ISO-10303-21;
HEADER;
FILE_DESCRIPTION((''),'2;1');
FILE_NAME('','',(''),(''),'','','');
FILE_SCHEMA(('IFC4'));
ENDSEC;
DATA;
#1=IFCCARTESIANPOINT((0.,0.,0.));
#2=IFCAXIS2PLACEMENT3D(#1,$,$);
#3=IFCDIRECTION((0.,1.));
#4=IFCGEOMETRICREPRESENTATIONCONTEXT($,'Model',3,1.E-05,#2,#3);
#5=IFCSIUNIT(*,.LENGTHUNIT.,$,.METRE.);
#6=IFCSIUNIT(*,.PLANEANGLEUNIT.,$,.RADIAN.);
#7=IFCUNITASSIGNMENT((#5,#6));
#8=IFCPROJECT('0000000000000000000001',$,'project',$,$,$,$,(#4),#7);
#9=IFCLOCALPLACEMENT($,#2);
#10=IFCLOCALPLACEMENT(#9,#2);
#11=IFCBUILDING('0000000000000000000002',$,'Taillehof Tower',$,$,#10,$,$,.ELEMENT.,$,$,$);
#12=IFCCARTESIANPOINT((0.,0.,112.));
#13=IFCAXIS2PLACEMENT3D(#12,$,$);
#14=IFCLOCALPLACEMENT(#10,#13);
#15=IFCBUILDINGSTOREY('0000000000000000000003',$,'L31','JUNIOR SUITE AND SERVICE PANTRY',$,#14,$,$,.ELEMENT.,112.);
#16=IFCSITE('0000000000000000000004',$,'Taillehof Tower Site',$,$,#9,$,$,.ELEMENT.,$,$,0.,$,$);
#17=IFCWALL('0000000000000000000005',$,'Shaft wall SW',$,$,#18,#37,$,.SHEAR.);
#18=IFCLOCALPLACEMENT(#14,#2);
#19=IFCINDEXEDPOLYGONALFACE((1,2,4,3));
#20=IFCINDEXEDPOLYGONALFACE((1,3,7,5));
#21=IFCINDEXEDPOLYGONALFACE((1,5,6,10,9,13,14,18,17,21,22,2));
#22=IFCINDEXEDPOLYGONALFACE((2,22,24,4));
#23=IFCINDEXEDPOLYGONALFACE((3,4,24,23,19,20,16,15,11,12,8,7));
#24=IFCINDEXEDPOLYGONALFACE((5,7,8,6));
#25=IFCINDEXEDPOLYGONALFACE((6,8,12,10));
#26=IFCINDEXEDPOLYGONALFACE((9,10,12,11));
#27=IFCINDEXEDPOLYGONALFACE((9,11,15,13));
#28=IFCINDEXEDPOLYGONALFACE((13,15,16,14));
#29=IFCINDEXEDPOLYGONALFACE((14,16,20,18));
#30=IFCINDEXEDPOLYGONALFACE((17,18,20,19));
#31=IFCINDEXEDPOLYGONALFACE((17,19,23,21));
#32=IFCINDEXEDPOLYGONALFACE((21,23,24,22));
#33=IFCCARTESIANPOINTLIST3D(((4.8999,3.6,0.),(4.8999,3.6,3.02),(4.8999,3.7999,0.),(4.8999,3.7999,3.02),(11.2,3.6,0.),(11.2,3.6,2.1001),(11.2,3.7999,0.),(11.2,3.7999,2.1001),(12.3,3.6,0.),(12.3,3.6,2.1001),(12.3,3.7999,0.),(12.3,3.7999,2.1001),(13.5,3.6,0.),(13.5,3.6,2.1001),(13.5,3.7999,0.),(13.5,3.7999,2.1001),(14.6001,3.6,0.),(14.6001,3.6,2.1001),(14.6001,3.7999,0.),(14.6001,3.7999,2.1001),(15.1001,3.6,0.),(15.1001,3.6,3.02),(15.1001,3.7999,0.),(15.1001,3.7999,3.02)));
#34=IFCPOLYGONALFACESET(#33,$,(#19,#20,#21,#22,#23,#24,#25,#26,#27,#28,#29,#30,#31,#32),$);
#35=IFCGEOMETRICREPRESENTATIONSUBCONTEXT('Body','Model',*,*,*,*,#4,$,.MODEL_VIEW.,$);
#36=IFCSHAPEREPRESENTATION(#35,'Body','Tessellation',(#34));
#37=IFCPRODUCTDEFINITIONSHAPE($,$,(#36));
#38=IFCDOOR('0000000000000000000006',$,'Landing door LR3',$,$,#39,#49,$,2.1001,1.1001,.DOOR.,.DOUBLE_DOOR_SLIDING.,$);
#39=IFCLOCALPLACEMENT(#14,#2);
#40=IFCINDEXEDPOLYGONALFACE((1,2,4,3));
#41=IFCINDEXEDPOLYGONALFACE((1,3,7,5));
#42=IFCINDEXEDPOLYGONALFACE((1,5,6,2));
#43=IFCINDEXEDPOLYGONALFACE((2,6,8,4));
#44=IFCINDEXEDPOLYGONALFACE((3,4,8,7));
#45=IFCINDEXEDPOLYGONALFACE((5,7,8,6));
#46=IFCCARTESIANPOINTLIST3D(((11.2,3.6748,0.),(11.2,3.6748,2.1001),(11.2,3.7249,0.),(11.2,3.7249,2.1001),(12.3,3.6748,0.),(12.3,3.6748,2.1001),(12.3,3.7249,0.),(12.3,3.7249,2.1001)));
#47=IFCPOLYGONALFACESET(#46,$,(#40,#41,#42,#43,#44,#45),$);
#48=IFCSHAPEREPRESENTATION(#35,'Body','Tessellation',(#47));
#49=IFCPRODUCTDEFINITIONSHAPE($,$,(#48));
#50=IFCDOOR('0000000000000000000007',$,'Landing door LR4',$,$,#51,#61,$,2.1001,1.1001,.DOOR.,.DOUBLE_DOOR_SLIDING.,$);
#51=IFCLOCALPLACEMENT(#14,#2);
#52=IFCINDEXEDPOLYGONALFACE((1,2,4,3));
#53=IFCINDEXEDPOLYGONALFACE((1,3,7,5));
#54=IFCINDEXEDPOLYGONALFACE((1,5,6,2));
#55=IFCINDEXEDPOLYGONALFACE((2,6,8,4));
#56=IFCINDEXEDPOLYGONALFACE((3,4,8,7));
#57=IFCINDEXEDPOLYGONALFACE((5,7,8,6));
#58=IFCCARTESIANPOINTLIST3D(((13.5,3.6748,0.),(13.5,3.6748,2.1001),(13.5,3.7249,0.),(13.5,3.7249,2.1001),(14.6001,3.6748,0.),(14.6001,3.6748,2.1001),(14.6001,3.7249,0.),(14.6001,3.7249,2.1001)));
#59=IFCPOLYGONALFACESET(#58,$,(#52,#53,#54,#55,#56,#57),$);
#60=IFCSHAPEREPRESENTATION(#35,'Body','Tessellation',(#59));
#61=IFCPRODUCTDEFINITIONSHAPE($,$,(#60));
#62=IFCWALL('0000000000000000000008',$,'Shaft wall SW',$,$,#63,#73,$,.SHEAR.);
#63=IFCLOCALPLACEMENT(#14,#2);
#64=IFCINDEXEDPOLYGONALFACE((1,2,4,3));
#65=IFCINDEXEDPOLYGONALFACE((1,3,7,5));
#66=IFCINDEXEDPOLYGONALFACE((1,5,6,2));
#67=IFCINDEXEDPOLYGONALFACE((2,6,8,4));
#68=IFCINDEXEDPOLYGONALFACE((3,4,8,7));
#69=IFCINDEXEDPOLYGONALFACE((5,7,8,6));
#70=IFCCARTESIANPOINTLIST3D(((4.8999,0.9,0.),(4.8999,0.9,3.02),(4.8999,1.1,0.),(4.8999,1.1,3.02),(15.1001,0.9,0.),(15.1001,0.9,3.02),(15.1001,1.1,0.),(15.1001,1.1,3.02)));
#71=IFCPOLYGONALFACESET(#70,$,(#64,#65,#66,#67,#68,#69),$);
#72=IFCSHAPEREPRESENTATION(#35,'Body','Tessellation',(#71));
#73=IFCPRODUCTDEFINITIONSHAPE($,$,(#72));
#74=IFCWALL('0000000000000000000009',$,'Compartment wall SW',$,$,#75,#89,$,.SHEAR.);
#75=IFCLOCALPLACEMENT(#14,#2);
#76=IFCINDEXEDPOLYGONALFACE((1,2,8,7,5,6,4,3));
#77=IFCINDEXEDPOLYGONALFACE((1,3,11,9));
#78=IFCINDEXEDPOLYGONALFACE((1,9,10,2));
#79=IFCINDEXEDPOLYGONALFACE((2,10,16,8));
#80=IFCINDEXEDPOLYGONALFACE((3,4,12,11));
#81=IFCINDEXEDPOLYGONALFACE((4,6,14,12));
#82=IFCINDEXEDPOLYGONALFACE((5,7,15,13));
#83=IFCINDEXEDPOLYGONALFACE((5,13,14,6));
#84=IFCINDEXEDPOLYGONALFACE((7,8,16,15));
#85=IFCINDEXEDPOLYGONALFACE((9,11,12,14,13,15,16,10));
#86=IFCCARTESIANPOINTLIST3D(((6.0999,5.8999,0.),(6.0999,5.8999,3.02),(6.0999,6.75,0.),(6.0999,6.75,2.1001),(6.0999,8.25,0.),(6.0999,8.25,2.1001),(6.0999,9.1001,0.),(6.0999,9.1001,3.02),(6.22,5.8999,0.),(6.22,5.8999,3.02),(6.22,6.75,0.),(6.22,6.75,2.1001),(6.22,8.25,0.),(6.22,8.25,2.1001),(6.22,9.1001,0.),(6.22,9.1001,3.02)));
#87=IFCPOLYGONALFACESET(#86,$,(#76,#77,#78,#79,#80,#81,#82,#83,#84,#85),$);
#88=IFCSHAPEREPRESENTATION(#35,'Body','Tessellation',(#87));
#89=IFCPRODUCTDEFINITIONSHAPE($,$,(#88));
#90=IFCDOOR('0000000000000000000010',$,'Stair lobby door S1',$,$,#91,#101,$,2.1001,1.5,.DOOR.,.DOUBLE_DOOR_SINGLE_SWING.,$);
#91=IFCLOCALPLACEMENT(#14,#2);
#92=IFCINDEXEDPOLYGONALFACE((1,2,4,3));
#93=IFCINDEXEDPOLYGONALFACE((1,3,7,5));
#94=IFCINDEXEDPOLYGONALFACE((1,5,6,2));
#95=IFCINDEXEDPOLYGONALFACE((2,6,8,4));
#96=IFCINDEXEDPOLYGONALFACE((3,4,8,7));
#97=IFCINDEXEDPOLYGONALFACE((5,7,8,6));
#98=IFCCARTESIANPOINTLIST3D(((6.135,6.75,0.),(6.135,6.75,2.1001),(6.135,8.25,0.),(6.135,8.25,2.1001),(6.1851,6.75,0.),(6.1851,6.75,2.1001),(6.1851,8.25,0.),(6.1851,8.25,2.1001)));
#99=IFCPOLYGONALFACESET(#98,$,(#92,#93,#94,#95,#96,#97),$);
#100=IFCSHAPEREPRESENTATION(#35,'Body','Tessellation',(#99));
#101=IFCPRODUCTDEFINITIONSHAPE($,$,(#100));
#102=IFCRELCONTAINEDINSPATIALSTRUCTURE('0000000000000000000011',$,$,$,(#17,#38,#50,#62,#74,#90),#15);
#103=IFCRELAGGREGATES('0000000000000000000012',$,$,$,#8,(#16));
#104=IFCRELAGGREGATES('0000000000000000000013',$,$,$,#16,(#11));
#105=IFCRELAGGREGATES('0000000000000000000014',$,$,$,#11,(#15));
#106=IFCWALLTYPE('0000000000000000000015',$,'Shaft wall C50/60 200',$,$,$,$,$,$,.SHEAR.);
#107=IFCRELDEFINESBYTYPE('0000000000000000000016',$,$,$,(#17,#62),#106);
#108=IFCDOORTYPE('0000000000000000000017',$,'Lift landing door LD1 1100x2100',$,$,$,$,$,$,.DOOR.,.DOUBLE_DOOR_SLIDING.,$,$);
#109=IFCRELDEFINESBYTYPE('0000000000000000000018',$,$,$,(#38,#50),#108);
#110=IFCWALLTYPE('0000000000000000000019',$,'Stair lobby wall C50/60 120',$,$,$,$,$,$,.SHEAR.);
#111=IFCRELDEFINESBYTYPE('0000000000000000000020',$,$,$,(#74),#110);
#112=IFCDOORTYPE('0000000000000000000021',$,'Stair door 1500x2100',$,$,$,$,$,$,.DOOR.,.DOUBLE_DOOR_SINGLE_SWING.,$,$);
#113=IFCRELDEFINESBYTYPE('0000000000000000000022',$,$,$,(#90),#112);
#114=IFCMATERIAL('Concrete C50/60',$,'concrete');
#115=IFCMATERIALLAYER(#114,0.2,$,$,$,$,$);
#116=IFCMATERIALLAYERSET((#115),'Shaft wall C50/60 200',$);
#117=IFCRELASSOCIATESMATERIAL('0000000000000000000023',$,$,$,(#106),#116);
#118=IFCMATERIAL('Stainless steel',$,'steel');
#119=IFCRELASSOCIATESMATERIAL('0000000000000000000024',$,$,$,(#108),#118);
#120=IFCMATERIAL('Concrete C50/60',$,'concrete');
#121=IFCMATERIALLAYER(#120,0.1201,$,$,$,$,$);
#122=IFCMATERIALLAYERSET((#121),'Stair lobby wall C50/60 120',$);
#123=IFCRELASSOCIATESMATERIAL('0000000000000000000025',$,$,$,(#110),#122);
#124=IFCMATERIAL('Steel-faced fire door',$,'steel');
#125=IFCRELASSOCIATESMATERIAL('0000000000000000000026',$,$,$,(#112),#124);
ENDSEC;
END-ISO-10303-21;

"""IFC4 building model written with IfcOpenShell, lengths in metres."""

from ifc_helpers import new_model, si_unit, direction, frame, frame_2d, origin, place, context, subcontext, project, spatial, rectangle, extrude, material, layer, layer_set, type_object, element, fill, save


model = new_model("IFC4")

# Units and contexts
model_context = context("Model", 3, precision=1e-05, world=origin(), true_north=direction((0.0, 1.0)))
body_context = subcontext(model_context, "Body", "Model", "MODEL_VIEW")
ifc_project = project(units=[si_unit("LENGTHUNIT", "METRE"), si_unit("PLANEANGLEUNIT", "RADIAN")], contexts=[model_context])

# Site, building, storey
site_placement = place(None, origin())
site = spatial("IfcSite", under=ifc_project, at=site_placement, Name="Taillehof Tower Site", CompositionType="ELEMENT", RefElevation=0.0)
building_placement = place(site_placement, origin())
building = spatial("IfcBuilding", under=site, at=building_placement, Name="Taillehof Tower", CompositionType="ELEMENT")
storey_placement = place(building_placement, frame((0.0, 0.0, 112.0)))
storey = spatial("IfcBuildingStorey", under=building, at=storey_placement, Name="L31", Description="JUNIOR SUITE AND SERVICE PANTRY", CompositionType="ELEMENT", Elevation=112.0)

# Wall, openings, doors
ifc_material_1 = material(Name="Concrete C50/60", Category="concrete")
ifc_layer_1 = layer(ifc_material_1, 0.2)
ifc_layer_set_1 = layer_set([ifc_layer_1], Name="Shaft wall C50/60 200")
wall_type_1 = type_object("IfcWallType", Name="Shaft wall C50/60 200", PredefinedType="SHEAR", material=ifc_layer_set_1)
ifc_material_2 = material(Name="Stainless steel", Category="steel")
door_type_1 = type_object("IfcDoorType", Name="Lift landing door LD1 1100x2100", OperationType="DOUBLE_DOOR_SLIDING", PredefinedType="DOOR", material=ifc_material_2)
wall_1_placement = place(storey_placement, frame((4.8999, 3.7, 0.0), z_axis=(0.0, 0.0, 1.0), x_axis=(1.0, 0.0, 0.0)))
wall_1 = element("IfcWall", 1, at=wall_1_placement, inside=storey, type_object=wall_type_1, Name="Shaft wall SW", PredefinedType="SHEAR", context=body_context, shape_type="SweptSolid", body=[
    extrude(rectangle(XDim=10.2002, YDim=0.2, at=frame_2d((5.1001, 0.0))), origin(), (0.0, 0.0, 1.0), 3.02),
])
opening_1_placement = place(wall_1_placement, frame((6.3, 0.0, 0.0)))
opening_1 = element("IfcOpeningElement", 2, at=opening_1_placement, cuts=wall_1, PredefinedType="OPENING", context=body_context, shape_type="SweptSolid", body=[
    extrude(rectangle(XDim=1.1001, YDim=2.1001, at=frame_2d((0.55, 1.05))), frame((0.0, 0.1099, 0.0), z_axis=(0.0, -1.0, 0.0), x_axis=(1.0, 0.0, 0.0)), (0.0, 0.0, 1.0), 0.22),
])
opening_2_placement = place(wall_1_placement, frame((8.6001, 0.0, 0.0)))
opening_2 = element("IfcOpeningElement", 3, at=opening_2_placement, cuts=wall_1, PredefinedType="OPENING", context=body_context, shape_type="SweptSolid", body=[
    extrude(rectangle(XDim=1.1001, YDim=2.1001, at=frame_2d((0.55, 1.05))), frame((0.0, 0.1099, 0.0), z_axis=(0.0, -1.0, 0.0), x_axis=(1.0, 0.0, 0.0)), (0.0, 0.0, 1.0), 0.22),
])
door_1_placement = place(opening_1_placement, origin())
door_1 = element("IfcDoor", 4, at=door_1_placement, inside=storey, type_object=door_type_1, Name="Landing door LR3", OperationType="DOUBLE_DOOR_SLIDING", OverallHeight=2.1001, OverallWidth=1.1001, PredefinedType="DOOR", context=body_context, shape_type="SweptSolid", body=[
    extrude(rectangle(XDim=1.1001, YDim=2.1001, at=frame_2d((0.55, 1.05))), frame((0.0, 0.0249, 0.0), z_axis=(0.0, -1.0, 0.0), x_axis=(1.0, 0.0, 0.0)), (0.0, 0.0, 1.0), 0.05),
])
fill(opening_1, door_1)
door_2_placement = place(opening_2_placement, origin())
door_2 = element("IfcDoor", 5, at=door_2_placement, inside=storey, type_object=door_type_1, Name="Landing door LR4", OperationType="DOUBLE_DOOR_SLIDING", OverallHeight=2.1001, OverallWidth=1.1001, PredefinedType="DOOR", context=body_context, shape_type="SweptSolid", body=[
    extrude(rectangle(XDim=1.1001, YDim=2.1001, at=frame_2d((0.55, 1.05))), frame((0.0, 0.0249, 0.0), z_axis=(0.0, -1.0, 0.0), x_axis=(1.0, 0.0, 0.0)), (0.0, 0.0, 1.0), 0.05),
])
fill(opening_2, door_2)

# Wall
wall_2_placement = place(storey_placement, frame((4.8999, 1.0, 0.0), z_axis=(0.0, 0.0, 1.0), x_axis=(1.0, 0.0, 0.0)))
element("IfcWall", 6, at=wall_2_placement, inside=storey, type_object=wall_type_1, Name="Shaft wall SW", PredefinedType="SHEAR", context=body_context, shape_type="SweptSolid", body=[
    extrude(rectangle(XDim=10.2002, YDim=0.2, at=frame_2d((5.1001, 0.0))), origin(), (0.0, 0.0, 1.0), 3.02),
])

# Wall, opening, door
ifc_material_3 = material(Name="Concrete C50/60", Category="concrete")
ifc_layer_2 = layer(ifc_material_3, 0.1201)
ifc_layer_set_2 = layer_set([ifc_layer_2], Name="Stair lobby wall C50/60 120")
wall_type_2 = type_object("IfcWallType", Name="Stair lobby wall C50/60 120", PredefinedType="SHEAR", material=ifc_layer_set_2)
wall_3_placement = place(storey_placement, frame((6.1599, 5.8999, 0.0), z_axis=(0.0, 0.0, 1.0), x_axis=(0.0, 1.0, 0.0)))
wall_3 = element("IfcWall", 7, at=wall_3_placement, inside=storey, type_object=wall_type_2, Name="Compartment wall SW", PredefinedType="SHEAR", context=body_context, shape_type="SweptSolid", body=[
    extrude(rectangle(XDim=3.2002, YDim=0.1201, at=frame_2d((1.6001, 0.0))), origin(), (0.0, 0.0, 1.0), 3.02),
])
opening_3_placement = place(wall_3_placement, frame((0.8501, 0.0, 0.0)))
opening_3 = element("IfcOpeningElement", 8, at=opening_3_placement, cuts=wall_3, PredefinedType="OPENING", context=body_context, shape_type="SweptSolid", body=[
    extrude(rectangle(XDim=1.5, YDim=2.1001, at=frame_2d((0.75, 1.05))), frame((0.0, 0.0701, 0.0), z_axis=(0.0, -1.0, 0.0), x_axis=(1.0, 0.0, 0.0)), (0.0, 0.0, 1.0), 0.1401),
])
ifc_material_4 = material(Name="Steel-faced fire door", Category="steel")
door_type_2 = type_object("IfcDoorType", Name="Stair door 1500x2100", OperationType="DOUBLE_DOOR_SINGLE_SWING", PredefinedType="DOOR", material=ifc_material_4)
door_3_placement = place(opening_3_placement, origin())
door_3 = element("IfcDoor", 9, at=door_3_placement, inside=storey, type_object=door_type_2, Name="Stair lobby door S1", OperationType="DOUBLE_DOOR_SINGLE_SWING", OverallHeight=2.1001, OverallWidth=1.5, PredefinedType="DOOR", context=body_context, shape_type="SweptSolid", body=[
    extrude(rectangle(XDim=1.5, YDim=2.1001, at=frame_2d((0.75, 1.05))), frame((0.0, 0.0249, 0.0), z_axis=(0.0, -1.0, 0.0), x_axis=(1.0, 0.0, 0.0)), (0.0, 0.0, 1.0), 0.05),
])
fill(opening_3, door_3)

save(model, "model.ifc")
